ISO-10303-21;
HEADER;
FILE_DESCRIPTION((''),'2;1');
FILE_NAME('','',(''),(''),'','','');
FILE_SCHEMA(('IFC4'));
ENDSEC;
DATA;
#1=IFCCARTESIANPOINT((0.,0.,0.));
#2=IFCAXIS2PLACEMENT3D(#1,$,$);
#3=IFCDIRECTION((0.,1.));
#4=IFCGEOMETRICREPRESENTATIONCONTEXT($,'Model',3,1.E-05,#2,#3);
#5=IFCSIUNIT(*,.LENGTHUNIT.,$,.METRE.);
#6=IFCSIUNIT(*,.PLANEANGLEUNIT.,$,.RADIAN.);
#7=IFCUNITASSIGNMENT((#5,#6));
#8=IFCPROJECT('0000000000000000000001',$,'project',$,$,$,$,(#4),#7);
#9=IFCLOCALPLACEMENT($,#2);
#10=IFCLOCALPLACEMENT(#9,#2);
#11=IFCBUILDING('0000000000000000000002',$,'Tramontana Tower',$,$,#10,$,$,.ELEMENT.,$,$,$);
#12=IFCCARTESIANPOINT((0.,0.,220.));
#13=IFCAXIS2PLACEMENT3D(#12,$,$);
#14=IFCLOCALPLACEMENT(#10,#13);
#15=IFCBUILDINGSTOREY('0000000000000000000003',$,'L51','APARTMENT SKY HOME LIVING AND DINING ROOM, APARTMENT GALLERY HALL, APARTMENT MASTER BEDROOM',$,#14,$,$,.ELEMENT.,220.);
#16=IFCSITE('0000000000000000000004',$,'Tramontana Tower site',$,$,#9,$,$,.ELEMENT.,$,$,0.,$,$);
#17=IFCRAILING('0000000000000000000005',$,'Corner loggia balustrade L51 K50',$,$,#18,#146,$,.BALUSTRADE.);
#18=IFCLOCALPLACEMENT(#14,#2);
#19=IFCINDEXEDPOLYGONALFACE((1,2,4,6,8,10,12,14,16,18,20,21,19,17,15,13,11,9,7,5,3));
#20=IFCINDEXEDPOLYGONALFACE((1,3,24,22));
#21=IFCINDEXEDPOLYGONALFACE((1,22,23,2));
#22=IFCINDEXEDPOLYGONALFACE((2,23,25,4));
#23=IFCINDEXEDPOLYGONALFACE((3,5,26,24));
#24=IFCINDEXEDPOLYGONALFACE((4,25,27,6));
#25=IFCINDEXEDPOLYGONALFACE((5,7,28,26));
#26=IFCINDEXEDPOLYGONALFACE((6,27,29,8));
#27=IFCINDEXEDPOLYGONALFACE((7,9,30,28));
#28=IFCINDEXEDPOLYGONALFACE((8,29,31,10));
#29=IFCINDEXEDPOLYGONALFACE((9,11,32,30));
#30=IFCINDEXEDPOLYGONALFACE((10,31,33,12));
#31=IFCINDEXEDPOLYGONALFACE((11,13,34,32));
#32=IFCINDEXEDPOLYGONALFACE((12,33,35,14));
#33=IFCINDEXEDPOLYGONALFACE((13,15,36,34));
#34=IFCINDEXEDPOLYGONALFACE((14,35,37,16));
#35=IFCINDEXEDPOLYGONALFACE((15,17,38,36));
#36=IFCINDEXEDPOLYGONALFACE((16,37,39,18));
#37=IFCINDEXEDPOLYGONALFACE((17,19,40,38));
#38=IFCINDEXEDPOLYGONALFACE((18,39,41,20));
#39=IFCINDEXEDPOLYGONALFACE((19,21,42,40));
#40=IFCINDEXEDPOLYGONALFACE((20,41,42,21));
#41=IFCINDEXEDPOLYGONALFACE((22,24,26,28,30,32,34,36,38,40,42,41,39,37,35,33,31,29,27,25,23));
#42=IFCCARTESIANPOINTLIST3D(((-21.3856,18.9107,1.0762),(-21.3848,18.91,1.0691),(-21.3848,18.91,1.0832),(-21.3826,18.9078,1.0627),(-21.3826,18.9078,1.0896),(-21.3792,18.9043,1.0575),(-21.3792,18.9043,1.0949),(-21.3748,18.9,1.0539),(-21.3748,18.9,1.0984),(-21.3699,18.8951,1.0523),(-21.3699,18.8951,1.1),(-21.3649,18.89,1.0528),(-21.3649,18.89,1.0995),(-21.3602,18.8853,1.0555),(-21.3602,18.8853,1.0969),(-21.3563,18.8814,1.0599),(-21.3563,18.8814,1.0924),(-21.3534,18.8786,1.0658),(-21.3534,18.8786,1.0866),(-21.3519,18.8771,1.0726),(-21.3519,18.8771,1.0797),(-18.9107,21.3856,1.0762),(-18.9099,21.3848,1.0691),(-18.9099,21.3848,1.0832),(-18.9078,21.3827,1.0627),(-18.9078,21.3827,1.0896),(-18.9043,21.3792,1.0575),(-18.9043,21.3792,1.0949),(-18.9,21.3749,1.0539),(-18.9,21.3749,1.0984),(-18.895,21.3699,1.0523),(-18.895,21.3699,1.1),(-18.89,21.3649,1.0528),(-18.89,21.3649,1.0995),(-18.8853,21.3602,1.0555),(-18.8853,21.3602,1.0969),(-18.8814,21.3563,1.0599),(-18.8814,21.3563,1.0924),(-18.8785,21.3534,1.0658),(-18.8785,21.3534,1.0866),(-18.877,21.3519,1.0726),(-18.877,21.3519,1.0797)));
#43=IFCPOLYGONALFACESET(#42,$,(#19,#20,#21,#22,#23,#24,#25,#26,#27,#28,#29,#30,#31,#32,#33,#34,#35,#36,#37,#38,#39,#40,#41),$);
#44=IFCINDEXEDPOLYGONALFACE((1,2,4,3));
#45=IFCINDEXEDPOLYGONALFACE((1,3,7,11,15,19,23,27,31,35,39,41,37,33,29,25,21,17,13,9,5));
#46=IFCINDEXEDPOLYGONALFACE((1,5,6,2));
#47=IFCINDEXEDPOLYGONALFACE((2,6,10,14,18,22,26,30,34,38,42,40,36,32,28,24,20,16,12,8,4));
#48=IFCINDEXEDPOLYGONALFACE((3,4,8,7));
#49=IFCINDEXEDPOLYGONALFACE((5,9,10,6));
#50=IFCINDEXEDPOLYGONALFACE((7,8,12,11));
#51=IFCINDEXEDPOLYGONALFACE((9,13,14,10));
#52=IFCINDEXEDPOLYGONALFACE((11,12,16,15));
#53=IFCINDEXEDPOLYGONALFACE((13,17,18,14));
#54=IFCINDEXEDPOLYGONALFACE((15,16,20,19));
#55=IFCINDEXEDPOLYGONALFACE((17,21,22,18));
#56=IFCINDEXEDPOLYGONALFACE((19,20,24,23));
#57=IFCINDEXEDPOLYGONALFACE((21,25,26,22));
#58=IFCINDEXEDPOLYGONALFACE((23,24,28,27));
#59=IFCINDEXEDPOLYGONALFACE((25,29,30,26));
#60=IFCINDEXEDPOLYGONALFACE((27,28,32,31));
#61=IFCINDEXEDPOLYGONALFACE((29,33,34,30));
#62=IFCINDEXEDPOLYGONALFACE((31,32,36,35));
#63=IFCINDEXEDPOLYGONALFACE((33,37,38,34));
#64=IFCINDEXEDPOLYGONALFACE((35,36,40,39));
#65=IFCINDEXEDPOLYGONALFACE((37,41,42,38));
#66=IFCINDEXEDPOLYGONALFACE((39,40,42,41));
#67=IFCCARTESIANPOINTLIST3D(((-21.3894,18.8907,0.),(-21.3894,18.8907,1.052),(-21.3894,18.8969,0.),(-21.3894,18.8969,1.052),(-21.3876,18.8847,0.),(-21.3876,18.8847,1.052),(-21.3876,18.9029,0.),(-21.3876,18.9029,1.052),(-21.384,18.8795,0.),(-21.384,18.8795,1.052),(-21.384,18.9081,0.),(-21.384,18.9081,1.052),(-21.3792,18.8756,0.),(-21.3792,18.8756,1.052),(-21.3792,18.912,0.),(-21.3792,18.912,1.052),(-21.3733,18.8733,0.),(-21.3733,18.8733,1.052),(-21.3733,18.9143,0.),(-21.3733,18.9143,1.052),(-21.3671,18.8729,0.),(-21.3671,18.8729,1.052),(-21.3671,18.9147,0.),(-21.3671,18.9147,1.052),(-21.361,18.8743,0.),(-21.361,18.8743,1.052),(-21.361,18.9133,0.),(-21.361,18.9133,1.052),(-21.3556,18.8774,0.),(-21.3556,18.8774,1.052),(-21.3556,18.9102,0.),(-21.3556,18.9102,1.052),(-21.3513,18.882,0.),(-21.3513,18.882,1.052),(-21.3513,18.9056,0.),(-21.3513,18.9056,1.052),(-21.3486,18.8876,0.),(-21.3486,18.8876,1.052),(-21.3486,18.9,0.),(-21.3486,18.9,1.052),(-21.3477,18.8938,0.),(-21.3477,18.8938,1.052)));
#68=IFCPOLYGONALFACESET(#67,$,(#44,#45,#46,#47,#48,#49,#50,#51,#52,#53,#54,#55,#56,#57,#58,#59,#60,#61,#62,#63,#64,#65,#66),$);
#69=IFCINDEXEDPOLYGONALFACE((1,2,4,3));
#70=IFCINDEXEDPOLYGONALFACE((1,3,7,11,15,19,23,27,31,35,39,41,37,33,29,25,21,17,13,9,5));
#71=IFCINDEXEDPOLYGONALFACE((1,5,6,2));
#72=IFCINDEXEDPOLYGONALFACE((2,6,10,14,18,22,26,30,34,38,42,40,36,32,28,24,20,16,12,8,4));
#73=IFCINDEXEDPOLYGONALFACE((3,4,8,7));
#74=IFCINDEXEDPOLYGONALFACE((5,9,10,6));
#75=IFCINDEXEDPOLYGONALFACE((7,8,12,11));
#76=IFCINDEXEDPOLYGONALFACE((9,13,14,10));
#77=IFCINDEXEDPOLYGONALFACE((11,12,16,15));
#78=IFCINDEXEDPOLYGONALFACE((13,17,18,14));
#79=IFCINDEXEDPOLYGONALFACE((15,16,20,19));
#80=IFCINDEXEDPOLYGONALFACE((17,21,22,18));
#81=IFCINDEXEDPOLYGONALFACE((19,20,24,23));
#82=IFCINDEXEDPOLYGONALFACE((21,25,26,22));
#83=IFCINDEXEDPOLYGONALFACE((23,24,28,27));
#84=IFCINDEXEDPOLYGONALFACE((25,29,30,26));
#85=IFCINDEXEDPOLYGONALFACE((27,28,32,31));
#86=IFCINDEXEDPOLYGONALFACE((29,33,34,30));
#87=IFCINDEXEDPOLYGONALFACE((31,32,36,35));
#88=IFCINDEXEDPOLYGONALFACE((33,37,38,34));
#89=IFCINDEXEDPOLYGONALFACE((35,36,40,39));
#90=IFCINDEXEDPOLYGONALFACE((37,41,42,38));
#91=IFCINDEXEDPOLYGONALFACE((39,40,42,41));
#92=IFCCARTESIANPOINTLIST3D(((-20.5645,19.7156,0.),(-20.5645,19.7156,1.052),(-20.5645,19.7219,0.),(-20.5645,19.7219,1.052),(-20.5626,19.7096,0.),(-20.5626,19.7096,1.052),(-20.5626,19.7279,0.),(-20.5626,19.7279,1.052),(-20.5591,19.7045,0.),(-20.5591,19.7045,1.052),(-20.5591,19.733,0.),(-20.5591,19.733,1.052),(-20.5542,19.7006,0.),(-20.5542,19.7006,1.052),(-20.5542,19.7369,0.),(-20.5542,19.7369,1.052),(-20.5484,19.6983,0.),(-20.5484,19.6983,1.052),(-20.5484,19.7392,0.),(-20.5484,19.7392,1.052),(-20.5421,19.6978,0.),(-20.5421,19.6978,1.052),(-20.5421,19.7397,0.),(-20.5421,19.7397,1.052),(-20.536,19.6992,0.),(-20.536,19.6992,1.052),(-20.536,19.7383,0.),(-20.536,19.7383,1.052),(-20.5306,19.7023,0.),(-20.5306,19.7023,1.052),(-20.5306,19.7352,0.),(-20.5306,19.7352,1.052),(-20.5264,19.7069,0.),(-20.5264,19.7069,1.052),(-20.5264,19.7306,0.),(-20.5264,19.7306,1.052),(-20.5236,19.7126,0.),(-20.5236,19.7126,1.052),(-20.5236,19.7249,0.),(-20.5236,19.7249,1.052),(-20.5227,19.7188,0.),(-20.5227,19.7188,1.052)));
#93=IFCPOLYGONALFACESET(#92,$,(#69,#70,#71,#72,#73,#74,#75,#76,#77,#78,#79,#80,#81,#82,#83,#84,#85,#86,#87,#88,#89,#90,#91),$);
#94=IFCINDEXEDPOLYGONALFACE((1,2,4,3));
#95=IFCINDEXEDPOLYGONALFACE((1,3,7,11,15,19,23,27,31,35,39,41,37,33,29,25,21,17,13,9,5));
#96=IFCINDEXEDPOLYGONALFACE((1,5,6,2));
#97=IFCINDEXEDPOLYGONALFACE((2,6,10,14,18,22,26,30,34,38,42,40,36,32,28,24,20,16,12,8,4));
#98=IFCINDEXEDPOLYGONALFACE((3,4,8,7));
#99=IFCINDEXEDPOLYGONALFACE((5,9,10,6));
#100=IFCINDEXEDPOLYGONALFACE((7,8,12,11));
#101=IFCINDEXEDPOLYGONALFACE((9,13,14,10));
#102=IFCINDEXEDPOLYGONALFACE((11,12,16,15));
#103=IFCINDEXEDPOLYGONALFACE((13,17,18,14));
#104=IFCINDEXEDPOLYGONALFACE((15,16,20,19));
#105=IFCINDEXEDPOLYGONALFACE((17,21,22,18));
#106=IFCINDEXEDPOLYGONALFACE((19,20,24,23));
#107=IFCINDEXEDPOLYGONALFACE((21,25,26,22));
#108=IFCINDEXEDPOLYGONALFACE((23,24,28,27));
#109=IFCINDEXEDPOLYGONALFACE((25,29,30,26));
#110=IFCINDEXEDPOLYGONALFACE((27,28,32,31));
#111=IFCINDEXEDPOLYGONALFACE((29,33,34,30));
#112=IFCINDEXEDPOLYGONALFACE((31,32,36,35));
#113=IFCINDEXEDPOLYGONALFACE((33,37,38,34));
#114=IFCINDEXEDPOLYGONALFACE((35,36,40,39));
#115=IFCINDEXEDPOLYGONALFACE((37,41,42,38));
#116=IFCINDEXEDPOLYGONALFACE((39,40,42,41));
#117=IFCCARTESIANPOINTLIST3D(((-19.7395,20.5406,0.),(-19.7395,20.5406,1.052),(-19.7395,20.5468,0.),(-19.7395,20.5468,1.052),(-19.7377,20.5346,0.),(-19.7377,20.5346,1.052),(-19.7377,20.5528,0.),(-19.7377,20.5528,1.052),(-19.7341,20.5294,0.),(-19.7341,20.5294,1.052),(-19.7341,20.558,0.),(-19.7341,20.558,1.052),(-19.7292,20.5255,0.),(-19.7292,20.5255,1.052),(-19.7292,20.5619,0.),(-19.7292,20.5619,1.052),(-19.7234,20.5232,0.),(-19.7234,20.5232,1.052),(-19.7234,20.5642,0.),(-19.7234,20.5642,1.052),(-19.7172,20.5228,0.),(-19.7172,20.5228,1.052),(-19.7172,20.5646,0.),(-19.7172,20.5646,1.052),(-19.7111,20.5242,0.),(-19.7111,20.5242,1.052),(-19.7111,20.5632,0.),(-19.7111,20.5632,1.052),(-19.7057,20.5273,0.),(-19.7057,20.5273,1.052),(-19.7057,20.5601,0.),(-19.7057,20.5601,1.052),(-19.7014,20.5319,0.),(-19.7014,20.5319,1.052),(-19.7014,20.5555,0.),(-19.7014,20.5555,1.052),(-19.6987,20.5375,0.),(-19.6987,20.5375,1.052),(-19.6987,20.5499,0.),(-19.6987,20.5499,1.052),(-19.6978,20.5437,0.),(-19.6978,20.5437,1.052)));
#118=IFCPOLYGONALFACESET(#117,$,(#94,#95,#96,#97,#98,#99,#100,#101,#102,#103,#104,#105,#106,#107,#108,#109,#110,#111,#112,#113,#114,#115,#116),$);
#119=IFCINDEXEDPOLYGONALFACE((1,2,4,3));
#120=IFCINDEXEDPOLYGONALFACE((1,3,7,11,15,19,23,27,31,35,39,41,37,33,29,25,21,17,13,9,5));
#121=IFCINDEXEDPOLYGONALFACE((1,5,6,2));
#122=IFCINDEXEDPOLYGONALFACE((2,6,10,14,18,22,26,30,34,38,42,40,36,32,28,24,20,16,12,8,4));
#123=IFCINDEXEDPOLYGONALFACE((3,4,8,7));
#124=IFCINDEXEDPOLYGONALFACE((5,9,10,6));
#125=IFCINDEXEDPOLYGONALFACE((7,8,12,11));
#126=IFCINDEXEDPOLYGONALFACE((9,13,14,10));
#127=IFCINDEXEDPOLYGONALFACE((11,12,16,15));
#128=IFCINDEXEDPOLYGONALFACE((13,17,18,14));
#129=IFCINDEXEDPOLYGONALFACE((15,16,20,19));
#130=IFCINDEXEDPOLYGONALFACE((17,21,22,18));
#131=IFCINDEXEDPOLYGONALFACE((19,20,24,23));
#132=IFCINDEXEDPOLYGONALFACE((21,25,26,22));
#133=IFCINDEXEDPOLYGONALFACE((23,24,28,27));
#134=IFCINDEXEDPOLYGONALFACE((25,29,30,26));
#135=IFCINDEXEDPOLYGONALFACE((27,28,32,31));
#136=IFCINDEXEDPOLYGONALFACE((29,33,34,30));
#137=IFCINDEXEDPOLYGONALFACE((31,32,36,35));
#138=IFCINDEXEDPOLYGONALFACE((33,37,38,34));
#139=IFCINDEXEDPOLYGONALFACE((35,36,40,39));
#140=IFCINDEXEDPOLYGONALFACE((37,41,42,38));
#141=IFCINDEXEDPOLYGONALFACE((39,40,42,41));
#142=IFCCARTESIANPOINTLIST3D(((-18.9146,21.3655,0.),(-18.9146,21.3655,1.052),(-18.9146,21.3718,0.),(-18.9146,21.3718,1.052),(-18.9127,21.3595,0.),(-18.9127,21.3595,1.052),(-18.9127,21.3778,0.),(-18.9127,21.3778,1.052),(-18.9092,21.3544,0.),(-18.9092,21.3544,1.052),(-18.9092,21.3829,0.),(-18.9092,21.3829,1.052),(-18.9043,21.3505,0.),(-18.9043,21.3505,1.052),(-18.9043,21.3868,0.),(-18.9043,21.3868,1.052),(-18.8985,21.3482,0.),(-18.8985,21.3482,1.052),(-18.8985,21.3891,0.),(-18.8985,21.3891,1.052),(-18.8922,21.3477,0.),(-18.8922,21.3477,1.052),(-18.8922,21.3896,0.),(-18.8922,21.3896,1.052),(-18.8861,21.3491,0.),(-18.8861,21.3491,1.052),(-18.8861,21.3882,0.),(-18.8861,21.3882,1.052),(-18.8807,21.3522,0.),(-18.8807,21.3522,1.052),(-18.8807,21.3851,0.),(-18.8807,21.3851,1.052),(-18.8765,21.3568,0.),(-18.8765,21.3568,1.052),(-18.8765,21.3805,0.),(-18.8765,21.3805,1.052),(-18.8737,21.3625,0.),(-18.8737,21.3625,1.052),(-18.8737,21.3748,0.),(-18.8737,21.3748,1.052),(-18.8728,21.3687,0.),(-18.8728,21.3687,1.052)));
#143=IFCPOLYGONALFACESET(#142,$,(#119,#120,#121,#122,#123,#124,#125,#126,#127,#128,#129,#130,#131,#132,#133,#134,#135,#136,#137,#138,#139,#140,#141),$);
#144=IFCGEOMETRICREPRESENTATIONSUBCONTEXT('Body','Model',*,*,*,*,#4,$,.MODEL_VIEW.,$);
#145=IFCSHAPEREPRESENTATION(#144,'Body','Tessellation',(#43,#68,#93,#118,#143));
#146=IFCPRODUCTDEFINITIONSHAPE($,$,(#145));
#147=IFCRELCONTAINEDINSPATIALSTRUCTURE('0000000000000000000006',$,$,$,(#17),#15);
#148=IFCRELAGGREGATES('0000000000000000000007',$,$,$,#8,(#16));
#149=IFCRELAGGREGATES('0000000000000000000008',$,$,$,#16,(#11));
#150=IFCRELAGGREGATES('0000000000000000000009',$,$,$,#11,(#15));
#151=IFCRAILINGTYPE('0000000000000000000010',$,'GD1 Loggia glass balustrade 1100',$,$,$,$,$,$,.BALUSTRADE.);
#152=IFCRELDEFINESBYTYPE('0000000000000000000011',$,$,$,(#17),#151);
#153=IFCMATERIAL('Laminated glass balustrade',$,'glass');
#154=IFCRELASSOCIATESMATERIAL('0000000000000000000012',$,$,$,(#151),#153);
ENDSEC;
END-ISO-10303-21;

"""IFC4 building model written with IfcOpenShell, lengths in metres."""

from ifc_helpers import new_model, si_unit, direction, frame, origin, origin_2d, place, context, subcontext, project, spatial, circle, extrude, material, type_object, element, save


model = new_model("IFC4")

# Units and contexts
model_context = context("Model", 3, precision=1e-05, world=origin(), true_north=direction((0.0, 1.0)))
body_context = subcontext(model_context, "Body", "Model", "MODEL_VIEW")
ifc_project = project(units=[si_unit("LENGTHUNIT", "METRE"), si_unit("PLANEANGLEUNIT", "RADIAN")], contexts=[model_context])

# Site, building, storey
site_placement = place(None, origin())
site = spatial("IfcSite", under=ifc_project, at=site_placement, Name="Tramontana Tower site", CompositionType="ELEMENT", RefElevation=0.0)
building_placement = place(site_placement, origin())
building = spatial("IfcBuilding", under=site, at=building_placement, Name="Tramontana Tower", CompositionType="ELEMENT")
storey_placement = place(building_placement, frame((0.0, 0.0, 220.0)))
storey = spatial("IfcBuildingStorey", under=building, at=storey_placement, Name="L51", Description="APARTMENT SKY HOME LIVING AND DINING ROOM, APARTMENT GALLERY HALL, APARTMENT MASTER BEDROOM", CompositionType="ELEMENT", Elevation=220.0)

# Railing
ifc_material_1 = material(Name="Laminated glass balustrade", Category="glass")
railing_type = type_object("IfcRailingType", Name="GD1 Loggia glass balustrade 1100", PredefinedType="BALUSTRADE", material=ifc_material_1)
railing_placement = place(storey_placement, frame((-21.3687, 18.8938, 0.0)))
element("IfcRailing", 1, at=railing_placement, inside=storey, type_object=railing_type, Name="Corner loggia balustrade L51 K50", PredefinedType="BALUSTRADE", context=body_context, shape_type="SweptSolid", body=[
    extrude(circle(Radius=0.0239, at=origin_2d()), frame((0.0, 0.0, 1.0762), z_axis=(0.707107, 0.707107, 0.0), x_axis=(-0.707107, 0.707107, 0.0)), (0.0, 0.0, 1.0), 3.5),
    extrude(circle(Radius=0.021, at=origin_2d()), origin(), (0.0, 0.0, 1.0), 1.052),
    extrude(circle(Radius=0.021, at=origin_2d()), frame((0.825, 0.825, 0.0)), (0.0, 0.0, 1.0), 1.052),
    extrude(circle(Radius=0.021, at=origin_2d()), frame((1.6499, 1.6499, 0.0)), (0.0, 0.0, 1.0), 1.052),
    extrude(circle(Radius=0.021, at=origin_2d()), frame((2.4749, 2.4749, 0.0)), (0.0, 0.0, 1.0), 1.052),
])

save(model, "model.ifc")
